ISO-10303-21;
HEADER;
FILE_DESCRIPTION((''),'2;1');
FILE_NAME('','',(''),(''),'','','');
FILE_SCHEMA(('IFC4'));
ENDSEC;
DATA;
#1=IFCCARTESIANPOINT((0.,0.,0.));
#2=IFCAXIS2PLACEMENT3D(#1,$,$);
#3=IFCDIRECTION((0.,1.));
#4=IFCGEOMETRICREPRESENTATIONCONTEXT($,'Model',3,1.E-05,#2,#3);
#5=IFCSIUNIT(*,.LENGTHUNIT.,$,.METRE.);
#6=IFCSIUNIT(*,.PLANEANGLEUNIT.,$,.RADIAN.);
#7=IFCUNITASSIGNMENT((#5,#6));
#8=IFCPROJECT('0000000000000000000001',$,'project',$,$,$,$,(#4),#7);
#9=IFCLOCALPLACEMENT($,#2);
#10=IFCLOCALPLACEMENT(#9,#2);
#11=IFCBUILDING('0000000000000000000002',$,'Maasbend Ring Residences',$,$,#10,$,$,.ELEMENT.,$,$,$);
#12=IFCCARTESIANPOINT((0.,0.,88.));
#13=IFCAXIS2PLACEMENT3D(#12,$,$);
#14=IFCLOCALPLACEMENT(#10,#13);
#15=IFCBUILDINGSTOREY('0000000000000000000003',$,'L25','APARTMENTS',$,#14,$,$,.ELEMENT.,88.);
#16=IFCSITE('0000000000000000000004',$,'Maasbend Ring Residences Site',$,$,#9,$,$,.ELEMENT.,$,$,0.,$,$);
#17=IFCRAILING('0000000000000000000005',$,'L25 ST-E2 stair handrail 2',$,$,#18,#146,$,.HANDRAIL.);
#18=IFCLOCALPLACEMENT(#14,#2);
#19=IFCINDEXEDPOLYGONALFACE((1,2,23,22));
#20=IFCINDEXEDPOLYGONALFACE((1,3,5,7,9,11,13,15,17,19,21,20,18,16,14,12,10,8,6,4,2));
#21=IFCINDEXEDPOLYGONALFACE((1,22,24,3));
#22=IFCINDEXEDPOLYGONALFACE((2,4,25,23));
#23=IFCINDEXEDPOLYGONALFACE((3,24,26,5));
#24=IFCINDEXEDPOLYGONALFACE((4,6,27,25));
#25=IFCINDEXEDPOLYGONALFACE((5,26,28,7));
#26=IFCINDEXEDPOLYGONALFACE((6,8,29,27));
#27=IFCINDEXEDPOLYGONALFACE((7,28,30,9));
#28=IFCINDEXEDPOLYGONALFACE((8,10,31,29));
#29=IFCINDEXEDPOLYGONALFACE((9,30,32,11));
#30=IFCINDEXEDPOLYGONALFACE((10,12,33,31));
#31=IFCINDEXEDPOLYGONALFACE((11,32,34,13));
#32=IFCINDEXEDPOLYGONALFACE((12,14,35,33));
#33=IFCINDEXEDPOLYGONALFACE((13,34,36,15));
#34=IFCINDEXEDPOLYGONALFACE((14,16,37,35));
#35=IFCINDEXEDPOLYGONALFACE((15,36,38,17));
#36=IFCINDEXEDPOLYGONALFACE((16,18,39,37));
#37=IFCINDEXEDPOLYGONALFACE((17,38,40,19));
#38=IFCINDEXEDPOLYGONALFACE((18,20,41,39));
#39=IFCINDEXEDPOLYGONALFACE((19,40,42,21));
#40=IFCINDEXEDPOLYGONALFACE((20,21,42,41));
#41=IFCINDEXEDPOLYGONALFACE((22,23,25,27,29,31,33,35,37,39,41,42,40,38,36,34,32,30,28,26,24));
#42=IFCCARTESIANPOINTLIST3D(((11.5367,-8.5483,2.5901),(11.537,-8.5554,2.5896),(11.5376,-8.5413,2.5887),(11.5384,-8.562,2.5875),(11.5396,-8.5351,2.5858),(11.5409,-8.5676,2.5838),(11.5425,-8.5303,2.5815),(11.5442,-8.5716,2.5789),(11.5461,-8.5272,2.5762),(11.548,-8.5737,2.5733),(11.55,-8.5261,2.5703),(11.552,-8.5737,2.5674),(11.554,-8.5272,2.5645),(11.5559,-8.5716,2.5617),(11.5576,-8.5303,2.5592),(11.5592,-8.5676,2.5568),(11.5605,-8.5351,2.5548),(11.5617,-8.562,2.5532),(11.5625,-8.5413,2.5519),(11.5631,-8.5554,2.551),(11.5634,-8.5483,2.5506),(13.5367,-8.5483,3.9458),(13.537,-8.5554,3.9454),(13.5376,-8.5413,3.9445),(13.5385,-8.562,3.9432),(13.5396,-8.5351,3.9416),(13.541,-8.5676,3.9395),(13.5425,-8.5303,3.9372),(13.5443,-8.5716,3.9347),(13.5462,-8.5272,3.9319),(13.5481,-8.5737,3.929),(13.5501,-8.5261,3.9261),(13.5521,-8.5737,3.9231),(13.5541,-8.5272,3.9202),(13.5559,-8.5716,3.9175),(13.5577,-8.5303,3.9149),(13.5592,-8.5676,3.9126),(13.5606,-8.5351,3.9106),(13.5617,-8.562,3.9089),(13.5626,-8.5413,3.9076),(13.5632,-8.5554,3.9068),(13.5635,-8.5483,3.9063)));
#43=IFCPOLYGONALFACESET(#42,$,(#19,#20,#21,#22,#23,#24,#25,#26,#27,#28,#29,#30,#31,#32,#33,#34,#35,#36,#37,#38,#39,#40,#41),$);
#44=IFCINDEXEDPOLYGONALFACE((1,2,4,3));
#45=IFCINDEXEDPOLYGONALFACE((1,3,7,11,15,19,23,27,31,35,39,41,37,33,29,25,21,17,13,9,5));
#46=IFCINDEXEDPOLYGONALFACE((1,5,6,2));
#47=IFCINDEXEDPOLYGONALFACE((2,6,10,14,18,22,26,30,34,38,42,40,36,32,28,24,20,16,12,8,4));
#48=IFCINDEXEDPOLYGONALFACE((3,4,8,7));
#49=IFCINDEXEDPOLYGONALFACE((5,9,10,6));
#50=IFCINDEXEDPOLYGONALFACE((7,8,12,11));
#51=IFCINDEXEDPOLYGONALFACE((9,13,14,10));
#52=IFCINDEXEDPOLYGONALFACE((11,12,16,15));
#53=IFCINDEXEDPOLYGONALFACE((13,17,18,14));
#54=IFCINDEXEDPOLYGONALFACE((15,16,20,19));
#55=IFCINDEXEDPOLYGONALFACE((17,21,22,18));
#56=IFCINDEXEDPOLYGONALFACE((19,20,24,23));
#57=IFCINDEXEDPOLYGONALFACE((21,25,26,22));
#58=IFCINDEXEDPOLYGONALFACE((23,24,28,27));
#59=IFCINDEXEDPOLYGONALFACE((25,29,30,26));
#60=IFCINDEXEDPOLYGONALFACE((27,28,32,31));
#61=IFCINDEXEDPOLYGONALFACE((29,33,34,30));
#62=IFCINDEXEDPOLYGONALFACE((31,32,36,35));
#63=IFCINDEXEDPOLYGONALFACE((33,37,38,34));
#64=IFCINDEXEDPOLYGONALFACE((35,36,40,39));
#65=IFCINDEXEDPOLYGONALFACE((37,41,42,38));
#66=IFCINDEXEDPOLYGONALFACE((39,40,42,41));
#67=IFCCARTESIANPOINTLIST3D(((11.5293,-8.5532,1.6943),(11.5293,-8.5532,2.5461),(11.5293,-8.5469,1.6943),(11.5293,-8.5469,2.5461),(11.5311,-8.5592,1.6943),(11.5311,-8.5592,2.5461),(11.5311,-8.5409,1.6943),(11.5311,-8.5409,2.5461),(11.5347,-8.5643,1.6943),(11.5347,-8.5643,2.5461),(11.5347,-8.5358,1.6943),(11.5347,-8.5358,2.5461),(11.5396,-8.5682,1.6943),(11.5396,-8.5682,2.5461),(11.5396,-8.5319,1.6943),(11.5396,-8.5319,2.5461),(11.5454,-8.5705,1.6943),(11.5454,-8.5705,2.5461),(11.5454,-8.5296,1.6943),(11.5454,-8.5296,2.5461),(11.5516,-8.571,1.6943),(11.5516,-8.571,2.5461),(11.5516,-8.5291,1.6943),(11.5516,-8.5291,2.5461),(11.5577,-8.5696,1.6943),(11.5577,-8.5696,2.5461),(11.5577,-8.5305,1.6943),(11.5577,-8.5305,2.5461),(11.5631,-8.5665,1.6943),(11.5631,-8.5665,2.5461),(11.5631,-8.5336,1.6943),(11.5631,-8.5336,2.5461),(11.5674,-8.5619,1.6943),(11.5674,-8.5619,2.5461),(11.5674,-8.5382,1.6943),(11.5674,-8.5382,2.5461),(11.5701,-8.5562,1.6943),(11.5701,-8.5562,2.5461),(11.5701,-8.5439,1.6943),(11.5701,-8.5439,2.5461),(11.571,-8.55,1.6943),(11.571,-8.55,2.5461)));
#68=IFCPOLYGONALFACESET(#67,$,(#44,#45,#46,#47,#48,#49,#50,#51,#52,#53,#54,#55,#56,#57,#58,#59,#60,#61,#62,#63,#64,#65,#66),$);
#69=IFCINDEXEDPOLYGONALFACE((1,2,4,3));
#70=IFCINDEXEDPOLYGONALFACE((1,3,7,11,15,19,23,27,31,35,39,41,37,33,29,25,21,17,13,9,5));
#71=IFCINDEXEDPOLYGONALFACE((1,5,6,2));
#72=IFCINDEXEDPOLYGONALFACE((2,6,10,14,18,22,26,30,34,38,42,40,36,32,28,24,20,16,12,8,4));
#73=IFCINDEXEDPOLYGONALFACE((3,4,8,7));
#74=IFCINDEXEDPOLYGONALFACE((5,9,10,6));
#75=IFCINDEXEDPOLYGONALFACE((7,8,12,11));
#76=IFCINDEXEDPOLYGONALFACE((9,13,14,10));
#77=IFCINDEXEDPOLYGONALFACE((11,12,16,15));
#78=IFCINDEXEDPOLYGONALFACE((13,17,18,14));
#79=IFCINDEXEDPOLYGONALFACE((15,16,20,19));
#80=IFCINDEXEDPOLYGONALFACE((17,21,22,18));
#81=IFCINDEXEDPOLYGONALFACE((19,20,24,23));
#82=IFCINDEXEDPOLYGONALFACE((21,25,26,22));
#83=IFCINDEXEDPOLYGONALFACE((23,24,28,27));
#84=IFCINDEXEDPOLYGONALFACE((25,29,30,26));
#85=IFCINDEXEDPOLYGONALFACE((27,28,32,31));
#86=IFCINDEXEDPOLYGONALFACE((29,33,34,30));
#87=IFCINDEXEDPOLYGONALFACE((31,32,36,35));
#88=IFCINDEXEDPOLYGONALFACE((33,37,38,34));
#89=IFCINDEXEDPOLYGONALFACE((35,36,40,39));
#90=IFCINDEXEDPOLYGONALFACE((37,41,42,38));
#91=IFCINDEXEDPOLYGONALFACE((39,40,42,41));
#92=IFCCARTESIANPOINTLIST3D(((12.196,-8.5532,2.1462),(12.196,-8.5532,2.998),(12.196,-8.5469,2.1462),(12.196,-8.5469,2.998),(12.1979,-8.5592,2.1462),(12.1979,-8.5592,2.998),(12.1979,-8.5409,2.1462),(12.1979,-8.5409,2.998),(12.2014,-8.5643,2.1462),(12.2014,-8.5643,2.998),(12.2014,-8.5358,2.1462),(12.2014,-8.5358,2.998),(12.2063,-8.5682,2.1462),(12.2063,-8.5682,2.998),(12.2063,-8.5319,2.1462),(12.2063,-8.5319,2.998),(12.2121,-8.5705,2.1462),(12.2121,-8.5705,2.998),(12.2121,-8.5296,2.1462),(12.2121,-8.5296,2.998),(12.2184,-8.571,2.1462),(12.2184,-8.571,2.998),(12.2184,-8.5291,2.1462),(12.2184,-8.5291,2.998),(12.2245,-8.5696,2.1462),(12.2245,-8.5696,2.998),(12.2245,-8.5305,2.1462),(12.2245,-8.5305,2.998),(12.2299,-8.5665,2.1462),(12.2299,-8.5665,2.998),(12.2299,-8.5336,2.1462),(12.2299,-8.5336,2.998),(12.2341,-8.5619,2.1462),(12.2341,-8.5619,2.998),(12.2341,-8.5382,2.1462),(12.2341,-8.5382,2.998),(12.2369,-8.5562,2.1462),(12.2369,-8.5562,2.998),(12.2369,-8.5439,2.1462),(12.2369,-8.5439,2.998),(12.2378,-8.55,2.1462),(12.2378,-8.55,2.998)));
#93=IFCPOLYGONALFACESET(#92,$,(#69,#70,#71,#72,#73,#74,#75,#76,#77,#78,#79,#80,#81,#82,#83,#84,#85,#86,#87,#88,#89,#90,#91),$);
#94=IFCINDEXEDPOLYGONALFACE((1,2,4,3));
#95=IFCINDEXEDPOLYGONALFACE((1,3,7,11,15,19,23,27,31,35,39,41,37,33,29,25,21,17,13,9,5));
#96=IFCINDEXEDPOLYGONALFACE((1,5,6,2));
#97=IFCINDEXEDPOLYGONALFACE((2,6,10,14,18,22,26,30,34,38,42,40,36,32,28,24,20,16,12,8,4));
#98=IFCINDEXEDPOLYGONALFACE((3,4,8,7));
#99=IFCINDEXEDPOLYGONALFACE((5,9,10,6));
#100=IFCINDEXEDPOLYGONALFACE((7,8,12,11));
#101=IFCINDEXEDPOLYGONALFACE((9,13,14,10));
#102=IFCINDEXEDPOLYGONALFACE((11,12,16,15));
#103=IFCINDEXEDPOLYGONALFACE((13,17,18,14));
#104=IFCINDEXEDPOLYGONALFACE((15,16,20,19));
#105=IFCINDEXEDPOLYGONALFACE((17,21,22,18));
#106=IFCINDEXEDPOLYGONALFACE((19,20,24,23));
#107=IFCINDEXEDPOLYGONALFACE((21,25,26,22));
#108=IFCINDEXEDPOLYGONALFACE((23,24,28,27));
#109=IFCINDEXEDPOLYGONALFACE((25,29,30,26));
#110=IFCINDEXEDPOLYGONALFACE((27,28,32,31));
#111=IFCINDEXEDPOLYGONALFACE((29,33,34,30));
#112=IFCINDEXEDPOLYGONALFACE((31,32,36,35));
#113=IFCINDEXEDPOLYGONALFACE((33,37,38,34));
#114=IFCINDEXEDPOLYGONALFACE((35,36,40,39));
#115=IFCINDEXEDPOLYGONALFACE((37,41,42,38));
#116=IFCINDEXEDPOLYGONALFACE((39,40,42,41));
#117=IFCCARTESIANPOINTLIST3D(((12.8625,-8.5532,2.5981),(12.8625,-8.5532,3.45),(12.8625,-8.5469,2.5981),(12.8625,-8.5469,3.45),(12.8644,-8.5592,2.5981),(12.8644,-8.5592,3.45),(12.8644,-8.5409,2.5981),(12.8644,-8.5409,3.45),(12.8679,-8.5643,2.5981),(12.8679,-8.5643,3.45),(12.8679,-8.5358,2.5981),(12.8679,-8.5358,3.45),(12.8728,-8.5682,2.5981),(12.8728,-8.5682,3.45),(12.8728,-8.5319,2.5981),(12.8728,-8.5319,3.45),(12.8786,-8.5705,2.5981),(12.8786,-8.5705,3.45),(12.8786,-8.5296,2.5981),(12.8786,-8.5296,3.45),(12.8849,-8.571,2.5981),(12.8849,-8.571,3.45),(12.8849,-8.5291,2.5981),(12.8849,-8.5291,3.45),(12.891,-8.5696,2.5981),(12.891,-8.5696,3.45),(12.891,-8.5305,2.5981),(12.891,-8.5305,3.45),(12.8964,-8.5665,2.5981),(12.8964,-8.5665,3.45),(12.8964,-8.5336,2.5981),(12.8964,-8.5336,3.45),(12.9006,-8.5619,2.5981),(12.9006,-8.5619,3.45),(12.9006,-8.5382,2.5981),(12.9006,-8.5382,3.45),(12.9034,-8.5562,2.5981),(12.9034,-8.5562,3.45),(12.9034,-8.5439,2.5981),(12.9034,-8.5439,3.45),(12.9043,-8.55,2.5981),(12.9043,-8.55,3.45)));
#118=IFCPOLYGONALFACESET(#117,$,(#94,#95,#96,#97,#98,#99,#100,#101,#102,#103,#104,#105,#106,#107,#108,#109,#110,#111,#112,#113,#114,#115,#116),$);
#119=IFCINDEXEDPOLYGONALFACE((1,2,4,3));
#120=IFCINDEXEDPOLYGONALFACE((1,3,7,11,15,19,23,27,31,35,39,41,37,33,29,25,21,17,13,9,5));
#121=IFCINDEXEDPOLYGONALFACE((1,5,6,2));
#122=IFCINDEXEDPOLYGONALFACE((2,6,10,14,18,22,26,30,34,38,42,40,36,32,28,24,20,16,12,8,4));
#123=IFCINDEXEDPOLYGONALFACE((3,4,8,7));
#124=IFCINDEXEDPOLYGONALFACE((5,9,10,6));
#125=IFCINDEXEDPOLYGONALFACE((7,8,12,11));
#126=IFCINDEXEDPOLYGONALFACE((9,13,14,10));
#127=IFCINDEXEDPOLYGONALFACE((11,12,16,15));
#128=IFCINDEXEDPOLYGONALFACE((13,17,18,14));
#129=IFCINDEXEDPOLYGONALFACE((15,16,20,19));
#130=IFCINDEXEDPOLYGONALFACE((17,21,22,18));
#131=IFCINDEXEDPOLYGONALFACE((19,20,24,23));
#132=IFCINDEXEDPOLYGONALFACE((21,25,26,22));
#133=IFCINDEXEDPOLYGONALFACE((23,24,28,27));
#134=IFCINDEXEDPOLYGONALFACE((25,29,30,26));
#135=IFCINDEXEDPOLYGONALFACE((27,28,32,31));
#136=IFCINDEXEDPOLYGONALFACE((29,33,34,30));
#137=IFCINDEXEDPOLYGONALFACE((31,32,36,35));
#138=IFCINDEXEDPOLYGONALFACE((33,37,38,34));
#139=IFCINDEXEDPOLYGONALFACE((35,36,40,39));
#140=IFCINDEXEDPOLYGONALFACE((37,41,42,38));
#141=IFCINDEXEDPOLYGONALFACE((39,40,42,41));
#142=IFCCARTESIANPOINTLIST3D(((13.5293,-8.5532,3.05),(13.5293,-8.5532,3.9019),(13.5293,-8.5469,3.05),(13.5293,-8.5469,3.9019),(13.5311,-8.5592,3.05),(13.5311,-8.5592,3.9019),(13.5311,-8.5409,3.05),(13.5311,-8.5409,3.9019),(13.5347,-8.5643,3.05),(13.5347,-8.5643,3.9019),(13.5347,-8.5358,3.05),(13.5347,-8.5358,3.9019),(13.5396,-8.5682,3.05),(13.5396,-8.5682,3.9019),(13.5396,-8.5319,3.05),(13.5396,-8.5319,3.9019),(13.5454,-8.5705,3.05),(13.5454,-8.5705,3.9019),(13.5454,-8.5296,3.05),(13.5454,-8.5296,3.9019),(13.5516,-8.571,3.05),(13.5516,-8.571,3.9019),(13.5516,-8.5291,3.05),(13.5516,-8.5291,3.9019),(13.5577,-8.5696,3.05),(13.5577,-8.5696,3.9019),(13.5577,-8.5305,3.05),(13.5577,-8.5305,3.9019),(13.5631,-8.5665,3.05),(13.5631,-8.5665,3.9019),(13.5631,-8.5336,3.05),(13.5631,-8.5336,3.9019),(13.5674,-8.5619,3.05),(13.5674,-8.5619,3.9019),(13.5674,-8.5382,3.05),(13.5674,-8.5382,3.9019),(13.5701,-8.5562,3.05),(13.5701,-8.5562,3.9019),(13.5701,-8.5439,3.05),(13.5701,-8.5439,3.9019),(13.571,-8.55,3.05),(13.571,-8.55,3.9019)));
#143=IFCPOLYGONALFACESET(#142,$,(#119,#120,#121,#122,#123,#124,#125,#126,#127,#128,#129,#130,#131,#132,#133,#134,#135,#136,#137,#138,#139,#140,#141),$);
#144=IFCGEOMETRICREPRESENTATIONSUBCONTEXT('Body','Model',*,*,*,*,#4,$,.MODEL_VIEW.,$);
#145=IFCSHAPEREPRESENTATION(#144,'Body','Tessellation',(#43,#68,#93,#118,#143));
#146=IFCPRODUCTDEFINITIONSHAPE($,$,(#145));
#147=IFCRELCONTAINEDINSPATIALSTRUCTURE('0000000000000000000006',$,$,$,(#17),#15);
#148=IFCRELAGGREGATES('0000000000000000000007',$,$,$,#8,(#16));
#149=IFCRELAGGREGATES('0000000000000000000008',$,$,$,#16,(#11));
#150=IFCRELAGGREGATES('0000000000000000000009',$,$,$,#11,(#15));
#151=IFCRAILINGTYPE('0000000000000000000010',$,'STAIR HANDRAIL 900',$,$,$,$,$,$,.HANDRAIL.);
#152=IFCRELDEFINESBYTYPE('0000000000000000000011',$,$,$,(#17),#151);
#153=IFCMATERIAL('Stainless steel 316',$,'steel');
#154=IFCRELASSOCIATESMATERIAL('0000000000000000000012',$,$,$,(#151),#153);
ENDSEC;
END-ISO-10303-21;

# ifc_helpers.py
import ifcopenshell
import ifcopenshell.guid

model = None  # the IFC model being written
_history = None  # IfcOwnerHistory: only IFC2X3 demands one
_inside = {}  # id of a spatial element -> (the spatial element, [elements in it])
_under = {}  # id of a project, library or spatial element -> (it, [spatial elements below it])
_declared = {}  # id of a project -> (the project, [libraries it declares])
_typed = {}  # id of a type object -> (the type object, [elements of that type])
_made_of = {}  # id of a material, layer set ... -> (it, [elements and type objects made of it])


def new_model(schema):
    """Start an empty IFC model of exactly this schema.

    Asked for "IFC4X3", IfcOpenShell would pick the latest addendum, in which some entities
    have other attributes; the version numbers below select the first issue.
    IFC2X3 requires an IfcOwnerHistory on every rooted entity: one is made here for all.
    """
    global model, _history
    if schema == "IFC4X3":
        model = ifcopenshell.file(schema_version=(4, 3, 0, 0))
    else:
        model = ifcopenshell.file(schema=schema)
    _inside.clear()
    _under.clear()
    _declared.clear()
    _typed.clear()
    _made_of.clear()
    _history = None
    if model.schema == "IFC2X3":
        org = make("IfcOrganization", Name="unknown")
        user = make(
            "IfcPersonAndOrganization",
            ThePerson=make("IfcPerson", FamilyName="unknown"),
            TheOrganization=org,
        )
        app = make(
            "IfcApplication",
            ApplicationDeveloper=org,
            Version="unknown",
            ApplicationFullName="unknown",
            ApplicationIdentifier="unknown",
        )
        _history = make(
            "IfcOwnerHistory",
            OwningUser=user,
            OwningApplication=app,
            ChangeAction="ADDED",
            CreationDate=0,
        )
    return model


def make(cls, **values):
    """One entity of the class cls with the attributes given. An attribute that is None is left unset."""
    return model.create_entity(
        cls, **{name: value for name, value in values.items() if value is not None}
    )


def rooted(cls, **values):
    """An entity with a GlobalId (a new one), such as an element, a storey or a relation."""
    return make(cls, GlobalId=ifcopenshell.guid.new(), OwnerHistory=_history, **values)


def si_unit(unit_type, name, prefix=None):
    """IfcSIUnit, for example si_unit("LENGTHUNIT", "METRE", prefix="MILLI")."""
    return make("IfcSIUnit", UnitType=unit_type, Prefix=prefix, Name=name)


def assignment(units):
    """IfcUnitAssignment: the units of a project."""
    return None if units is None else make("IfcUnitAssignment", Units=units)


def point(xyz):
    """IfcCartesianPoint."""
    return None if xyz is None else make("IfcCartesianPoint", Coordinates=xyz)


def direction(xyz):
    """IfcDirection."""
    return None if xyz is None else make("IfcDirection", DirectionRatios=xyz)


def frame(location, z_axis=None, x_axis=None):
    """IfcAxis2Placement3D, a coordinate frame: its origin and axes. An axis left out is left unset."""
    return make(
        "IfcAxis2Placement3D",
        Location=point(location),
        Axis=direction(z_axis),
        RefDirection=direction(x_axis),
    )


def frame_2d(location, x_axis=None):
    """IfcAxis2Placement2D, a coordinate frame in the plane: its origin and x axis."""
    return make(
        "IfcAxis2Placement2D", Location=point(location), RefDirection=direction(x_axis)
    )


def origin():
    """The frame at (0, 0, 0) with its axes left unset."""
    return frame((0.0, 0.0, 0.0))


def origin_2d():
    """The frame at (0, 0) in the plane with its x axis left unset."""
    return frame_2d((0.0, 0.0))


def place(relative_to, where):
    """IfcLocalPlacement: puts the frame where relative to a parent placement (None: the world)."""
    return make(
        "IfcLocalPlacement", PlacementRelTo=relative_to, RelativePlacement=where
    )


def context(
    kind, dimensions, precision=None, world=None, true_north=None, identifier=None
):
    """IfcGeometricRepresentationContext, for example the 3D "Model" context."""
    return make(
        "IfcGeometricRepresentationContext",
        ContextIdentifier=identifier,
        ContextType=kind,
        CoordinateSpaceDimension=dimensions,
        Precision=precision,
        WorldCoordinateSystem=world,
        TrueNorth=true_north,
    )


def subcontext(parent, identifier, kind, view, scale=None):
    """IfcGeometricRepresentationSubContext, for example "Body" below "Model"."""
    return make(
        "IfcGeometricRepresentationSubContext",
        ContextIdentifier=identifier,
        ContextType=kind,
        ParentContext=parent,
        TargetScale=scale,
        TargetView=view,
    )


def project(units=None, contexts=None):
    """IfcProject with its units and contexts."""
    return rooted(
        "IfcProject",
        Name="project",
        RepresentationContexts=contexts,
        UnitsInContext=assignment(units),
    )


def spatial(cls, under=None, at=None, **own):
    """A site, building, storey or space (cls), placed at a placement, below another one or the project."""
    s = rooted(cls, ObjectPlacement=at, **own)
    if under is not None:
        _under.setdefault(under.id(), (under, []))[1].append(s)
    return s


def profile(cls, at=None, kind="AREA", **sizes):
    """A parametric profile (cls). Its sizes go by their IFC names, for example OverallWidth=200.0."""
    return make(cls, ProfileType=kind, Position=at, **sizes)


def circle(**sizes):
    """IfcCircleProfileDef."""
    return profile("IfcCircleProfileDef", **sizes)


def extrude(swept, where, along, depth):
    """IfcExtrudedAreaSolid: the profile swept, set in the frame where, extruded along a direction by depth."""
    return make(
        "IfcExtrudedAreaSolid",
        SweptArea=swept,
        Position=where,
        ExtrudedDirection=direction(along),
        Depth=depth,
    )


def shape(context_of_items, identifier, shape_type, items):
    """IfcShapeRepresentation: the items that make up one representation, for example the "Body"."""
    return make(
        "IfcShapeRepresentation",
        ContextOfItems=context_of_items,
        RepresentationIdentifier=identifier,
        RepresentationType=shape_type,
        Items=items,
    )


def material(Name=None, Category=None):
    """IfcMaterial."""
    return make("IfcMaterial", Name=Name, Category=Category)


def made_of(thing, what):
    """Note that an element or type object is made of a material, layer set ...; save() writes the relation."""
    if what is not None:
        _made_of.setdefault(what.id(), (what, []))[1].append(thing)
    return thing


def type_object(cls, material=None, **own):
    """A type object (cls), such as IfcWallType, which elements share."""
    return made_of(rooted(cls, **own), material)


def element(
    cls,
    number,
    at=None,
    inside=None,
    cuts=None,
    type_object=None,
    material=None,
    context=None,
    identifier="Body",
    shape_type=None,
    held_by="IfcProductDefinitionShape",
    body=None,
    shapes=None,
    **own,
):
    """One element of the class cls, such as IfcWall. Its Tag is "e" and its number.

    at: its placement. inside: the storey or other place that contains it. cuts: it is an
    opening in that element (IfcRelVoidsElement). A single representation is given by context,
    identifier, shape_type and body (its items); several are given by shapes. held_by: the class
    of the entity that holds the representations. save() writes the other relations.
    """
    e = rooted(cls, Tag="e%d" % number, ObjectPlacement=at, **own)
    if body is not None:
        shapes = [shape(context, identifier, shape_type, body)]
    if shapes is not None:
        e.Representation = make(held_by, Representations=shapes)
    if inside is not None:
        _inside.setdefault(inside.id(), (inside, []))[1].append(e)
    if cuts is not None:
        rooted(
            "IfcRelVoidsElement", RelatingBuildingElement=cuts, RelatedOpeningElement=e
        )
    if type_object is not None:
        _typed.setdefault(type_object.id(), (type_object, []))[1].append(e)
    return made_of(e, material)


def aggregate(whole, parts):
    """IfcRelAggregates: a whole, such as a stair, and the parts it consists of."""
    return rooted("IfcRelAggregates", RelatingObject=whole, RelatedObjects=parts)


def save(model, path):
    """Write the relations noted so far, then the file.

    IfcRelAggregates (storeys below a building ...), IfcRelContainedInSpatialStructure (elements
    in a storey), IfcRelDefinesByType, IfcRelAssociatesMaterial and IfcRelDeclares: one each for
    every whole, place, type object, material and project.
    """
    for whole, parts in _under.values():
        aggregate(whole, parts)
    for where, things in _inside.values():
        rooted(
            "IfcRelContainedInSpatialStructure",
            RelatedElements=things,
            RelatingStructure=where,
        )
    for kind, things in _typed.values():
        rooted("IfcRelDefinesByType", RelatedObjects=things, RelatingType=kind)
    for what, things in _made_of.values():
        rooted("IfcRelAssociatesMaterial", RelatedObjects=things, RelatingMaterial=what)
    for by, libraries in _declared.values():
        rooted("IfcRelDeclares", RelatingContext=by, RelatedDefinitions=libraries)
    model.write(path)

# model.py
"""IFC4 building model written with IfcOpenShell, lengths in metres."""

from ifc_helpers import new_model, si_unit, direction, frame, origin, origin_2d, place, context, subcontext, project, spatial, circle, extrude, material, type_object, element, save


model = new_model("IFC4")

# Units and contexts
model_context = context("Model", 3, precision=1e-05, world=origin(), true_north=direction((0.0, 1.0)))
body_context = subcontext(model_context, "Body", "Model", "MODEL_VIEW")
ifc_project = project(units=[si_unit("LENGTHUNIT", "METRE"), si_unit("PLANEANGLEUNIT", "RADIAN")], contexts=[model_context])

# Site, building, storey
site_placement = place(None, origin())
site = spatial("IfcSite", under=ifc_project, at=site_placement, Name="Maasbend Ring Residences Site", CompositionType="ELEMENT", RefElevation=0.0)
building_placement = place(site_placement, origin())
building = spatial("IfcBuilding", under=site, at=building_placement, Name="Maasbend Ring Residences", CompositionType="ELEMENT")
storey_placement = place(building_placement, frame((0.0, 0.0, 88.0)))
storey = spatial("IfcBuildingStorey", under=building, at=storey_placement, Name="L25", Description="APARTMENTS", CompositionType="ELEMENT", Elevation=88.0)

# Railing
ifc_material_1 = material(Name="Stainless steel 316", Category="steel")
railing_type = type_object("IfcRailingType", Name="STAIR HANDRAIL 900", PredefinedType="HANDRAIL", material=ifc_material_1)
railing_placement = place(storey_placement, frame((11.55, -8.55, 1.6943)))
element("IfcRailing", 1, at=railing_placement, inside=storey, type_object=railing_type, Name="L25 ST-E2 stair handrail 2", PredefinedType="HANDRAIL", context=body_context, shape_type="SweptSolid", body=[
    extrude(circle(Radius=0.0239, at=origin_2d()), frame((0.0, 0.0, 0.876), z_axis=(0.827751, 0.0, 0.561096), x_axis=(0.0, 1.0, 0.0)), (0.0, 0.0, 1.0), 2.4163),
    extrude(circle(Radius=0.021, at=origin_2d()), origin(), (0.0, 0.0, 1.0), 0.8518),
    extrude(circle(Radius=0.021, at=origin_2d()), frame((0.6667, 0.0, 0.4519)), (0.0, 0.0, 1.0), 0.8518),
    extrude(circle(Radius=0.021, at=origin_2d()), frame((1.3333, 0.0, 0.9038)), (0.0, 0.0, 1.0), 0.8518),
    extrude(circle(Radius=0.021, at=origin_2d()), frame((2.0, 0.0, 1.3557)), (0.0, 0.0, 1.0), 0.8518),
])

save(model, "model.ifc")
